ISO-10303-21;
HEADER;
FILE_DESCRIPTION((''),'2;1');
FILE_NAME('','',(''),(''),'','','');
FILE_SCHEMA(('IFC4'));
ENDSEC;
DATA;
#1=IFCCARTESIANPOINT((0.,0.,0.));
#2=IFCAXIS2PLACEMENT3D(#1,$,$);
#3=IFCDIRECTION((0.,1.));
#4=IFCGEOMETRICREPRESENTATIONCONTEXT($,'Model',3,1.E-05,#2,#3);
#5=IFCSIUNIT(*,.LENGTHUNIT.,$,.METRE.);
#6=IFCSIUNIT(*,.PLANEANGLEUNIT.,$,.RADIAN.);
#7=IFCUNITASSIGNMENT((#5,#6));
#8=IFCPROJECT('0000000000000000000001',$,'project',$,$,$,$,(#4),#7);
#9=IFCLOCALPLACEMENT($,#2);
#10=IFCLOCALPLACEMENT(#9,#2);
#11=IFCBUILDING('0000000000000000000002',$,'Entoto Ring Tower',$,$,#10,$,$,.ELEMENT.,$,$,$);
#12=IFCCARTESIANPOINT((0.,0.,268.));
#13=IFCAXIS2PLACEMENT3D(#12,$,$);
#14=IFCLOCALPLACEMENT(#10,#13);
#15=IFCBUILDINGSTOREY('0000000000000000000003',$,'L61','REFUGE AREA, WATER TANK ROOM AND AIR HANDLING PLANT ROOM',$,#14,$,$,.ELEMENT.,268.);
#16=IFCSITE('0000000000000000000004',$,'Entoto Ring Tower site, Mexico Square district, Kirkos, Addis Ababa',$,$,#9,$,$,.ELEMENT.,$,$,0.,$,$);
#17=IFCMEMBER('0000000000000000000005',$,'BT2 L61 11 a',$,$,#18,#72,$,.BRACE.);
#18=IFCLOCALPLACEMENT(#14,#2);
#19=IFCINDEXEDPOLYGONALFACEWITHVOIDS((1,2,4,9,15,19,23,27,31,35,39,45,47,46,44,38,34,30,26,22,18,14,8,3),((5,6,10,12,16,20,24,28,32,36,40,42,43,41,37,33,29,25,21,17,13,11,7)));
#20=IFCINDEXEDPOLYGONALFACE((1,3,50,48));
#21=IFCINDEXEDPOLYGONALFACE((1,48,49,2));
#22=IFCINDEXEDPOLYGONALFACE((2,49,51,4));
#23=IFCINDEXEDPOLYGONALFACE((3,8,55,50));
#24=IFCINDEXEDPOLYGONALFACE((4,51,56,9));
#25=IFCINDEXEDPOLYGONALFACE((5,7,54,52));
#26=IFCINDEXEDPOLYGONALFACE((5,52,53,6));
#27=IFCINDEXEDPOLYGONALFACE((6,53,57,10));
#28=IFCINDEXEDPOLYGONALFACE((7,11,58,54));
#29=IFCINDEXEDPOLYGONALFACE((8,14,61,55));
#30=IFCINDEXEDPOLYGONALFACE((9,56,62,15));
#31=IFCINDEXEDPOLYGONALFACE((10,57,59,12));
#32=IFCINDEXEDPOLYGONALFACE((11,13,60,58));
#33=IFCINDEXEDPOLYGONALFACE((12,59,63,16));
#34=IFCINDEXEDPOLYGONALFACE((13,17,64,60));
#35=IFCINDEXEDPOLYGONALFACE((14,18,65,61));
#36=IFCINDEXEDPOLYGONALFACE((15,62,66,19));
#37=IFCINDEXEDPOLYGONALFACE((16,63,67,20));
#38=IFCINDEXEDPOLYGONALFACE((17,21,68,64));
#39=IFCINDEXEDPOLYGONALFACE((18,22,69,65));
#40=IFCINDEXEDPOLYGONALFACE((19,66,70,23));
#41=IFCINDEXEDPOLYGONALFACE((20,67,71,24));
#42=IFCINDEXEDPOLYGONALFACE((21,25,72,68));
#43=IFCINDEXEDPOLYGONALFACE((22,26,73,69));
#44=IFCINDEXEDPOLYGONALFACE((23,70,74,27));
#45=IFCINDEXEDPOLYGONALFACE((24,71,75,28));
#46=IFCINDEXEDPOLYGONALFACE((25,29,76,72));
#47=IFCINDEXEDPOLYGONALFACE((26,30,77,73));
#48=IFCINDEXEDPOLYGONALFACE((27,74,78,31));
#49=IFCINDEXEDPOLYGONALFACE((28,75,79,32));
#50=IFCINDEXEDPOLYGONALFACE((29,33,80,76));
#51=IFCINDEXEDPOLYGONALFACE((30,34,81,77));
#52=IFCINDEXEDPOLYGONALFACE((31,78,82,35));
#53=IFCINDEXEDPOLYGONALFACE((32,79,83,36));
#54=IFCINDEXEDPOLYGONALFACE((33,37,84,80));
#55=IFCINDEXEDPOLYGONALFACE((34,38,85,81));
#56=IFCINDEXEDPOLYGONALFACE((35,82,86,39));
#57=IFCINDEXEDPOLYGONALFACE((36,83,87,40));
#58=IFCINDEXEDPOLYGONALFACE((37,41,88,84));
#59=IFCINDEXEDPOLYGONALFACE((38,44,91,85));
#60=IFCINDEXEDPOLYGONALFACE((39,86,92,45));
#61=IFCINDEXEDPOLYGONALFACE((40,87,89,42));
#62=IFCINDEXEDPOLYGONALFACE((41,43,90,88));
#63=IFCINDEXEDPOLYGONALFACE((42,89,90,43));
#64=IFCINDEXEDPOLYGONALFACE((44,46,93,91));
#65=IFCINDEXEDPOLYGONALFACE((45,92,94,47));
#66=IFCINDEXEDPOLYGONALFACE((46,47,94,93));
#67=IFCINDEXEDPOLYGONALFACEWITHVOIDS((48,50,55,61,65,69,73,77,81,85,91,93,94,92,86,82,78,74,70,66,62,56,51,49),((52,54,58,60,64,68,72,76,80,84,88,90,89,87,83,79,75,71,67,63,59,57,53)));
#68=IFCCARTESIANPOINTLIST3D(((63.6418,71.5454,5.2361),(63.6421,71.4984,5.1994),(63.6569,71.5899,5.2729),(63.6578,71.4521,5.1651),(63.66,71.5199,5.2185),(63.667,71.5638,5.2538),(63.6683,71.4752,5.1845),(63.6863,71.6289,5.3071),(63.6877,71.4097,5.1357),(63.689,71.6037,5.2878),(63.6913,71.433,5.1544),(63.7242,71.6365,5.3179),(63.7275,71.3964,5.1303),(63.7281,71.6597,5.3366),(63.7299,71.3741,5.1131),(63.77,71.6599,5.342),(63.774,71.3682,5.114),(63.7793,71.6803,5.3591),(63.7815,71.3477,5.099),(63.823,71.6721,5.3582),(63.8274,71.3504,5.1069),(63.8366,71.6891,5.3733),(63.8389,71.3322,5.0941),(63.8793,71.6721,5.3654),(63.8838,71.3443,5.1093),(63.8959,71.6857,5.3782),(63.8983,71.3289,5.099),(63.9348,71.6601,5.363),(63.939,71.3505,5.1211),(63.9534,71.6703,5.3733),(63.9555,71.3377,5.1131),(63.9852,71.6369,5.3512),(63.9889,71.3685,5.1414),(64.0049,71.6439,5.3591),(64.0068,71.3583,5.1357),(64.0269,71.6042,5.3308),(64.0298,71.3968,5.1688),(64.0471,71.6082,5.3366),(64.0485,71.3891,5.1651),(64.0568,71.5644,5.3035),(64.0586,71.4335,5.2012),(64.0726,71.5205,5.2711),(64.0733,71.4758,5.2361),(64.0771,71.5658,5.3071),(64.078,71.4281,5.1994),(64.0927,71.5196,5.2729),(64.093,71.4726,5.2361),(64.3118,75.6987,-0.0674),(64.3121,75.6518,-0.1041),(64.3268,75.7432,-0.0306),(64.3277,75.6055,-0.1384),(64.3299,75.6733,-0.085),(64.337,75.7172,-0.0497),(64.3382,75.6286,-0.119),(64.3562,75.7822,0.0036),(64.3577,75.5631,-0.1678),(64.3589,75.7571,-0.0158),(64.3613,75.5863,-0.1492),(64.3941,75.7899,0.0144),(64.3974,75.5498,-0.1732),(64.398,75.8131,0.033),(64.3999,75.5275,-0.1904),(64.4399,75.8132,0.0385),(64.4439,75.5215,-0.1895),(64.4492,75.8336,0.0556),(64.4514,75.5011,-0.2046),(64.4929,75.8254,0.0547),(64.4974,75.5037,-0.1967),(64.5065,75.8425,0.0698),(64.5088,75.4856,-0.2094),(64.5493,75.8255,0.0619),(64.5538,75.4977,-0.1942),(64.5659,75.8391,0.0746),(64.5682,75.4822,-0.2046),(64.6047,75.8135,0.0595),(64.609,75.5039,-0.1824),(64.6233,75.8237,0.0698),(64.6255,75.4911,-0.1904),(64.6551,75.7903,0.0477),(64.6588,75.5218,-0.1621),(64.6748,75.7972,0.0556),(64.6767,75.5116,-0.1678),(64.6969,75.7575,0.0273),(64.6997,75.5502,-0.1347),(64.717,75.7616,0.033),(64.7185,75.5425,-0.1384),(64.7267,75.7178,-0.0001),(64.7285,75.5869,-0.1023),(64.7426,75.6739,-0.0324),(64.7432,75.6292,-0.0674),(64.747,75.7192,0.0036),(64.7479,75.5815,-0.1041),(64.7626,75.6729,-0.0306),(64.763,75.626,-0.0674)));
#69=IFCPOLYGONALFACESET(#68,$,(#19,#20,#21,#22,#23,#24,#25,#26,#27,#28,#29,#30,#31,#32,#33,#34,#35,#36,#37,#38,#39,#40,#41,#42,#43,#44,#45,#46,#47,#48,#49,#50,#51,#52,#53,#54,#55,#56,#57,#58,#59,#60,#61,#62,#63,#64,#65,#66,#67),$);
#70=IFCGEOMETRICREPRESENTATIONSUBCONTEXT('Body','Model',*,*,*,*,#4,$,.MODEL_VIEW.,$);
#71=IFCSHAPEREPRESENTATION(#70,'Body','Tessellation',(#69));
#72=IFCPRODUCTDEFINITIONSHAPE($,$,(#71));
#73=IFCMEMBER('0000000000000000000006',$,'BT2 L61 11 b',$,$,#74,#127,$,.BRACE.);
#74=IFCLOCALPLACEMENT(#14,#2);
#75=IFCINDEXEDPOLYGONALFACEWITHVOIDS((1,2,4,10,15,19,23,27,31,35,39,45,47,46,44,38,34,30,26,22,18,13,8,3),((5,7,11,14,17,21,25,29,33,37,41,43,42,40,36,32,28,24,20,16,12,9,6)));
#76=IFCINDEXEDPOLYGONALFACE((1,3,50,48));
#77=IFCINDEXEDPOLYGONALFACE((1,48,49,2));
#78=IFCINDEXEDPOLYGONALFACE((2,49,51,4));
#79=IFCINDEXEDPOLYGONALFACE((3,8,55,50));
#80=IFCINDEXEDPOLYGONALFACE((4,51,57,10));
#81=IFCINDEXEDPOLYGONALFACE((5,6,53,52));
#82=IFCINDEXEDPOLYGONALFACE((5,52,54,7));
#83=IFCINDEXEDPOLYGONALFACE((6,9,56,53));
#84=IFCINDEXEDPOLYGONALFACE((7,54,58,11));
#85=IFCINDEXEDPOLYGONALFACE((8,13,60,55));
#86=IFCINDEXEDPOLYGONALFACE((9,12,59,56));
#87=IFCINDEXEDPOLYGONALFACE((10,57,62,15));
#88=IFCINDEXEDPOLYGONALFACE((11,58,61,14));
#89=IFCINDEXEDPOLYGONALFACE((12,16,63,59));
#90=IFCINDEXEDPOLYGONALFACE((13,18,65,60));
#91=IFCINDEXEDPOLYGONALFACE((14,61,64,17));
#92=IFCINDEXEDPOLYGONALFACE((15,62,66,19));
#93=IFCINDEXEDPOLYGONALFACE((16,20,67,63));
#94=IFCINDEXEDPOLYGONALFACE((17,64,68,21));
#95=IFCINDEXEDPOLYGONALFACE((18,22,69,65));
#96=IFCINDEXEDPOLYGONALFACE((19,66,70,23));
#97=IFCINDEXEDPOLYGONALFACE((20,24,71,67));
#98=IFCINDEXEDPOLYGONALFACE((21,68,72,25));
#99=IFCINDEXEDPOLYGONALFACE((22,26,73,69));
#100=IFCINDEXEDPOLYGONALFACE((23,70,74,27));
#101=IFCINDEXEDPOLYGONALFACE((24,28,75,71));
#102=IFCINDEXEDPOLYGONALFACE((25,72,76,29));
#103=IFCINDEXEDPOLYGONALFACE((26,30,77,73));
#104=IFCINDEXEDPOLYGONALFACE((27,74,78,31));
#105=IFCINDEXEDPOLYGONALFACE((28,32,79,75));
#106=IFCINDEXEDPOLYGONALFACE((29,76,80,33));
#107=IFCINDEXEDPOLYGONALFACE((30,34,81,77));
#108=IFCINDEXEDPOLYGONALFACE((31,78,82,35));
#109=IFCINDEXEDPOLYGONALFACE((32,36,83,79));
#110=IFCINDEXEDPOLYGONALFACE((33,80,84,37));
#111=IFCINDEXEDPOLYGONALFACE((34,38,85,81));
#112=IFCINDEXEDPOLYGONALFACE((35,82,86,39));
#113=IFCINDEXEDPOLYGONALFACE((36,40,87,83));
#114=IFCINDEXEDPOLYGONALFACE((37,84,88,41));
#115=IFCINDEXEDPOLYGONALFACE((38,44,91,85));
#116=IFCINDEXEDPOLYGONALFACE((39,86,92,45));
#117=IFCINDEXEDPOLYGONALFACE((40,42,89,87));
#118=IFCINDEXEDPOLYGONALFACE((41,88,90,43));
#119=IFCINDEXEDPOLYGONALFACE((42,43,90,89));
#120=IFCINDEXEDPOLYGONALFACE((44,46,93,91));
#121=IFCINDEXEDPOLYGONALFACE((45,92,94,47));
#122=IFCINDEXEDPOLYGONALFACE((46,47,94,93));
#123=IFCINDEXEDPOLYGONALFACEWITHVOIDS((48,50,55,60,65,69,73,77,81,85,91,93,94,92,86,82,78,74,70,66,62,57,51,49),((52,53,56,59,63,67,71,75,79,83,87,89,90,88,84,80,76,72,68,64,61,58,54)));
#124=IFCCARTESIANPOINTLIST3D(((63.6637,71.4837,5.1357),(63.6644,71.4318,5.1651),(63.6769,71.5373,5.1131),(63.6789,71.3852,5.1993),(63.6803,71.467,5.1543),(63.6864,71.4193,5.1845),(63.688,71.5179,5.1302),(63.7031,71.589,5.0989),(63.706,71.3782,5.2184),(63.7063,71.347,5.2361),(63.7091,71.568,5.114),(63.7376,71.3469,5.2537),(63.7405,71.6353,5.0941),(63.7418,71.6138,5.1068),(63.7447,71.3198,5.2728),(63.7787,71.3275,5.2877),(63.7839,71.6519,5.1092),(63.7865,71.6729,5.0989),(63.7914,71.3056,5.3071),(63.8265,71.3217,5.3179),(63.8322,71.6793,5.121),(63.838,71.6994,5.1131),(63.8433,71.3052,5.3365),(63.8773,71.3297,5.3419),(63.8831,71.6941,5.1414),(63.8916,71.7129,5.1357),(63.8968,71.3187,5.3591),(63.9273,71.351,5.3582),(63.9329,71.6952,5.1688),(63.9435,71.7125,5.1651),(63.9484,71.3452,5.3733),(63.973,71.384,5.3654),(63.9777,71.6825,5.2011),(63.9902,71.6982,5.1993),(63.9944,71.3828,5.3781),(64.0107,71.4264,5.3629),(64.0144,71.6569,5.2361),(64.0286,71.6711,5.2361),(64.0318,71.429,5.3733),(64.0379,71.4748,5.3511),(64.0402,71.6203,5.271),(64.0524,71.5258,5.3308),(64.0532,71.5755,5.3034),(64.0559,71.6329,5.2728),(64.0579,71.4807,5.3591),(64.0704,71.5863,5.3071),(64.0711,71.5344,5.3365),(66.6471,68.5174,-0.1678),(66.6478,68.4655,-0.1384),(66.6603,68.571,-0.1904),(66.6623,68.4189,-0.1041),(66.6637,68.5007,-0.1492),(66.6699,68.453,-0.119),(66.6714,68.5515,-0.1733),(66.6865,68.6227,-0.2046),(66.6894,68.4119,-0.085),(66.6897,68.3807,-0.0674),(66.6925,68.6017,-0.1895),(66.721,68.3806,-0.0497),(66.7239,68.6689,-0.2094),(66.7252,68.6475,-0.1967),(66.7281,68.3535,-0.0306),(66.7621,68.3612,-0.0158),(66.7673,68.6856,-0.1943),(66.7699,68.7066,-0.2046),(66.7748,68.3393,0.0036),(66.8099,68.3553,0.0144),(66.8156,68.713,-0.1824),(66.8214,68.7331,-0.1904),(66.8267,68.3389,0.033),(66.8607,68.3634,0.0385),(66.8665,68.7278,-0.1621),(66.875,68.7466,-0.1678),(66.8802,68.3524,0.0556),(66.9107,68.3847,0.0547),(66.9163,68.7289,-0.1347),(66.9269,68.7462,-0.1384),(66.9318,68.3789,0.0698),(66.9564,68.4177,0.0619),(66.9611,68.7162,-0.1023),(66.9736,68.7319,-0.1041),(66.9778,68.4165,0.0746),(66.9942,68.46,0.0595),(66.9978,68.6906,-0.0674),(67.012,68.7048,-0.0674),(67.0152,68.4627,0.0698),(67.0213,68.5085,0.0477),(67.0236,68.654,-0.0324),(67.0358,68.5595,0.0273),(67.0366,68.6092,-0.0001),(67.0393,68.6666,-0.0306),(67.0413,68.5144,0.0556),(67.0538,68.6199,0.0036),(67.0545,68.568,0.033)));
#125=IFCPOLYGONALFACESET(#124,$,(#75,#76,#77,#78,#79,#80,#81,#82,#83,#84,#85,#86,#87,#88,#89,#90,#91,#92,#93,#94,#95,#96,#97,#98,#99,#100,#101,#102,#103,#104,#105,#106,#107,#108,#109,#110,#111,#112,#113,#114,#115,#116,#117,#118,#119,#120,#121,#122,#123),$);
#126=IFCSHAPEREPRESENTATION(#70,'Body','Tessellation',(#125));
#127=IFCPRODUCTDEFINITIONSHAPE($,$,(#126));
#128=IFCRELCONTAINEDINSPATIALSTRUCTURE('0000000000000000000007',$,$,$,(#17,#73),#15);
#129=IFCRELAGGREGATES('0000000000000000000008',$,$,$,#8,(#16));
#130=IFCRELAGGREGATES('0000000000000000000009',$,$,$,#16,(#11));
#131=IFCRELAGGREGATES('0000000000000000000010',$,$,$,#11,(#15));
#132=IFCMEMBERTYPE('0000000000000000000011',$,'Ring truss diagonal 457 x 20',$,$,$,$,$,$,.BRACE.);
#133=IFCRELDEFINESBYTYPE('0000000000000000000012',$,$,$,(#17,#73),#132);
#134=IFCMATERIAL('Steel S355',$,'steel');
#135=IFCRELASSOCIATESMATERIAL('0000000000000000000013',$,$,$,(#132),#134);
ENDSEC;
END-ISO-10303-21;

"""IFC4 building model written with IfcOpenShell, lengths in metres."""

from ifc_helpers import new_model, si_unit, direction, frame, origin, origin_2d, place, context, subcontext, project, spatial, circle, hollow_circle, extrude, material, material_profile, profile_set, type_object, element, save


model = new_model("IFC4")

# Units and contexts
model_context = context("Model", 3, precision=1e-05, world=origin(), true_north=direction((0.0, 1.0)))
body_context = subcontext(model_context, "Body", "Model", "MODEL_VIEW")
ifc_project = project(units=[si_unit("LENGTHUNIT", "METRE"), si_unit("PLANEANGLEUNIT", "RADIAN")], contexts=[model_context])

# Site, building, storey
site_placement = place(None, origin())
site = spatial("IfcSite", under=ifc_project, at=site_placement, Name="Entoto Ring Tower site, Mexico Square district, Kirkos, Addis Ababa", CompositionType="ELEMENT", RefElevation=0.0)
building_placement = place(site_placement, origin())
building = spatial("IfcBuilding", under=site, at=building_placement, Name="Entoto Ring Tower", CompositionType="ELEMENT")
storey_placement = place(building_placement, frame((0.0, 0.0, 268.0)))
storey = spatial("IfcBuildingStorey", under=building, at=storey_placement, Name="L61", Description="REFUGE AREA, WATER TANK ROOM AND AIR HANDLING PLANT ROOM", CompositionType="ELEMENT", Elevation=268.0)

# Members
ifc_material_1 = material(Name="Steel S355", Category="steel")
ifc_material_profile_1 = material_profile(ifc_material_1, hollow_circle(Radius=0.2285, WallThickness=0.02, at=origin_2d()), Name="CHS 457 x 20")
ifc_material_2 = material(Name="Concrete C60/75", Category="concrete")
ifc_material_profile_2 = material_profile(ifc_material_2, circle(Radius=0.2085, at=origin_2d()), Name="Concrete C60/75 infill")
ifc_profile_set_1 = profile_set([ifc_material_profile_1, ifc_material_profile_2], Name="Steel S355")
member_type_1 = type_object("IfcMemberType", Name="Ring truss diagonal 457 x 20", PredefinedType="BRACE", material=ifc_profile_set_1)
for number, where, z_axis, x_axis, name in (
    (1, (64.5374, 75.6624, -0.0674), (-0.098962, -0.613538, 0.78344), (0.98724, -0.15924, 0.0), "BT2 L61 11 a"),
    (2, (63.8674, 71.509, 5.2361), (0.44071, -0.438186, -0.783433), (0.705073, 0.709135, 0.0), "BT2 L61 11 b"),
):
    element("IfcMember", number, at=place(storey_placement, frame(where, z_axis=z_axis, x_axis=x_axis)), inside=storey, type_object=member_type_1, Name=name, PredefinedType="BRACE", context=body_context, shape_type="SweptSolid", body=[
        extrude(hollow_circle(Radius=0.2285, WallThickness=0.02, at=origin_2d()), origin(), (0.0, 0.0, 1.0), 6.7695),
    ])

save(model, "model.ifc")
